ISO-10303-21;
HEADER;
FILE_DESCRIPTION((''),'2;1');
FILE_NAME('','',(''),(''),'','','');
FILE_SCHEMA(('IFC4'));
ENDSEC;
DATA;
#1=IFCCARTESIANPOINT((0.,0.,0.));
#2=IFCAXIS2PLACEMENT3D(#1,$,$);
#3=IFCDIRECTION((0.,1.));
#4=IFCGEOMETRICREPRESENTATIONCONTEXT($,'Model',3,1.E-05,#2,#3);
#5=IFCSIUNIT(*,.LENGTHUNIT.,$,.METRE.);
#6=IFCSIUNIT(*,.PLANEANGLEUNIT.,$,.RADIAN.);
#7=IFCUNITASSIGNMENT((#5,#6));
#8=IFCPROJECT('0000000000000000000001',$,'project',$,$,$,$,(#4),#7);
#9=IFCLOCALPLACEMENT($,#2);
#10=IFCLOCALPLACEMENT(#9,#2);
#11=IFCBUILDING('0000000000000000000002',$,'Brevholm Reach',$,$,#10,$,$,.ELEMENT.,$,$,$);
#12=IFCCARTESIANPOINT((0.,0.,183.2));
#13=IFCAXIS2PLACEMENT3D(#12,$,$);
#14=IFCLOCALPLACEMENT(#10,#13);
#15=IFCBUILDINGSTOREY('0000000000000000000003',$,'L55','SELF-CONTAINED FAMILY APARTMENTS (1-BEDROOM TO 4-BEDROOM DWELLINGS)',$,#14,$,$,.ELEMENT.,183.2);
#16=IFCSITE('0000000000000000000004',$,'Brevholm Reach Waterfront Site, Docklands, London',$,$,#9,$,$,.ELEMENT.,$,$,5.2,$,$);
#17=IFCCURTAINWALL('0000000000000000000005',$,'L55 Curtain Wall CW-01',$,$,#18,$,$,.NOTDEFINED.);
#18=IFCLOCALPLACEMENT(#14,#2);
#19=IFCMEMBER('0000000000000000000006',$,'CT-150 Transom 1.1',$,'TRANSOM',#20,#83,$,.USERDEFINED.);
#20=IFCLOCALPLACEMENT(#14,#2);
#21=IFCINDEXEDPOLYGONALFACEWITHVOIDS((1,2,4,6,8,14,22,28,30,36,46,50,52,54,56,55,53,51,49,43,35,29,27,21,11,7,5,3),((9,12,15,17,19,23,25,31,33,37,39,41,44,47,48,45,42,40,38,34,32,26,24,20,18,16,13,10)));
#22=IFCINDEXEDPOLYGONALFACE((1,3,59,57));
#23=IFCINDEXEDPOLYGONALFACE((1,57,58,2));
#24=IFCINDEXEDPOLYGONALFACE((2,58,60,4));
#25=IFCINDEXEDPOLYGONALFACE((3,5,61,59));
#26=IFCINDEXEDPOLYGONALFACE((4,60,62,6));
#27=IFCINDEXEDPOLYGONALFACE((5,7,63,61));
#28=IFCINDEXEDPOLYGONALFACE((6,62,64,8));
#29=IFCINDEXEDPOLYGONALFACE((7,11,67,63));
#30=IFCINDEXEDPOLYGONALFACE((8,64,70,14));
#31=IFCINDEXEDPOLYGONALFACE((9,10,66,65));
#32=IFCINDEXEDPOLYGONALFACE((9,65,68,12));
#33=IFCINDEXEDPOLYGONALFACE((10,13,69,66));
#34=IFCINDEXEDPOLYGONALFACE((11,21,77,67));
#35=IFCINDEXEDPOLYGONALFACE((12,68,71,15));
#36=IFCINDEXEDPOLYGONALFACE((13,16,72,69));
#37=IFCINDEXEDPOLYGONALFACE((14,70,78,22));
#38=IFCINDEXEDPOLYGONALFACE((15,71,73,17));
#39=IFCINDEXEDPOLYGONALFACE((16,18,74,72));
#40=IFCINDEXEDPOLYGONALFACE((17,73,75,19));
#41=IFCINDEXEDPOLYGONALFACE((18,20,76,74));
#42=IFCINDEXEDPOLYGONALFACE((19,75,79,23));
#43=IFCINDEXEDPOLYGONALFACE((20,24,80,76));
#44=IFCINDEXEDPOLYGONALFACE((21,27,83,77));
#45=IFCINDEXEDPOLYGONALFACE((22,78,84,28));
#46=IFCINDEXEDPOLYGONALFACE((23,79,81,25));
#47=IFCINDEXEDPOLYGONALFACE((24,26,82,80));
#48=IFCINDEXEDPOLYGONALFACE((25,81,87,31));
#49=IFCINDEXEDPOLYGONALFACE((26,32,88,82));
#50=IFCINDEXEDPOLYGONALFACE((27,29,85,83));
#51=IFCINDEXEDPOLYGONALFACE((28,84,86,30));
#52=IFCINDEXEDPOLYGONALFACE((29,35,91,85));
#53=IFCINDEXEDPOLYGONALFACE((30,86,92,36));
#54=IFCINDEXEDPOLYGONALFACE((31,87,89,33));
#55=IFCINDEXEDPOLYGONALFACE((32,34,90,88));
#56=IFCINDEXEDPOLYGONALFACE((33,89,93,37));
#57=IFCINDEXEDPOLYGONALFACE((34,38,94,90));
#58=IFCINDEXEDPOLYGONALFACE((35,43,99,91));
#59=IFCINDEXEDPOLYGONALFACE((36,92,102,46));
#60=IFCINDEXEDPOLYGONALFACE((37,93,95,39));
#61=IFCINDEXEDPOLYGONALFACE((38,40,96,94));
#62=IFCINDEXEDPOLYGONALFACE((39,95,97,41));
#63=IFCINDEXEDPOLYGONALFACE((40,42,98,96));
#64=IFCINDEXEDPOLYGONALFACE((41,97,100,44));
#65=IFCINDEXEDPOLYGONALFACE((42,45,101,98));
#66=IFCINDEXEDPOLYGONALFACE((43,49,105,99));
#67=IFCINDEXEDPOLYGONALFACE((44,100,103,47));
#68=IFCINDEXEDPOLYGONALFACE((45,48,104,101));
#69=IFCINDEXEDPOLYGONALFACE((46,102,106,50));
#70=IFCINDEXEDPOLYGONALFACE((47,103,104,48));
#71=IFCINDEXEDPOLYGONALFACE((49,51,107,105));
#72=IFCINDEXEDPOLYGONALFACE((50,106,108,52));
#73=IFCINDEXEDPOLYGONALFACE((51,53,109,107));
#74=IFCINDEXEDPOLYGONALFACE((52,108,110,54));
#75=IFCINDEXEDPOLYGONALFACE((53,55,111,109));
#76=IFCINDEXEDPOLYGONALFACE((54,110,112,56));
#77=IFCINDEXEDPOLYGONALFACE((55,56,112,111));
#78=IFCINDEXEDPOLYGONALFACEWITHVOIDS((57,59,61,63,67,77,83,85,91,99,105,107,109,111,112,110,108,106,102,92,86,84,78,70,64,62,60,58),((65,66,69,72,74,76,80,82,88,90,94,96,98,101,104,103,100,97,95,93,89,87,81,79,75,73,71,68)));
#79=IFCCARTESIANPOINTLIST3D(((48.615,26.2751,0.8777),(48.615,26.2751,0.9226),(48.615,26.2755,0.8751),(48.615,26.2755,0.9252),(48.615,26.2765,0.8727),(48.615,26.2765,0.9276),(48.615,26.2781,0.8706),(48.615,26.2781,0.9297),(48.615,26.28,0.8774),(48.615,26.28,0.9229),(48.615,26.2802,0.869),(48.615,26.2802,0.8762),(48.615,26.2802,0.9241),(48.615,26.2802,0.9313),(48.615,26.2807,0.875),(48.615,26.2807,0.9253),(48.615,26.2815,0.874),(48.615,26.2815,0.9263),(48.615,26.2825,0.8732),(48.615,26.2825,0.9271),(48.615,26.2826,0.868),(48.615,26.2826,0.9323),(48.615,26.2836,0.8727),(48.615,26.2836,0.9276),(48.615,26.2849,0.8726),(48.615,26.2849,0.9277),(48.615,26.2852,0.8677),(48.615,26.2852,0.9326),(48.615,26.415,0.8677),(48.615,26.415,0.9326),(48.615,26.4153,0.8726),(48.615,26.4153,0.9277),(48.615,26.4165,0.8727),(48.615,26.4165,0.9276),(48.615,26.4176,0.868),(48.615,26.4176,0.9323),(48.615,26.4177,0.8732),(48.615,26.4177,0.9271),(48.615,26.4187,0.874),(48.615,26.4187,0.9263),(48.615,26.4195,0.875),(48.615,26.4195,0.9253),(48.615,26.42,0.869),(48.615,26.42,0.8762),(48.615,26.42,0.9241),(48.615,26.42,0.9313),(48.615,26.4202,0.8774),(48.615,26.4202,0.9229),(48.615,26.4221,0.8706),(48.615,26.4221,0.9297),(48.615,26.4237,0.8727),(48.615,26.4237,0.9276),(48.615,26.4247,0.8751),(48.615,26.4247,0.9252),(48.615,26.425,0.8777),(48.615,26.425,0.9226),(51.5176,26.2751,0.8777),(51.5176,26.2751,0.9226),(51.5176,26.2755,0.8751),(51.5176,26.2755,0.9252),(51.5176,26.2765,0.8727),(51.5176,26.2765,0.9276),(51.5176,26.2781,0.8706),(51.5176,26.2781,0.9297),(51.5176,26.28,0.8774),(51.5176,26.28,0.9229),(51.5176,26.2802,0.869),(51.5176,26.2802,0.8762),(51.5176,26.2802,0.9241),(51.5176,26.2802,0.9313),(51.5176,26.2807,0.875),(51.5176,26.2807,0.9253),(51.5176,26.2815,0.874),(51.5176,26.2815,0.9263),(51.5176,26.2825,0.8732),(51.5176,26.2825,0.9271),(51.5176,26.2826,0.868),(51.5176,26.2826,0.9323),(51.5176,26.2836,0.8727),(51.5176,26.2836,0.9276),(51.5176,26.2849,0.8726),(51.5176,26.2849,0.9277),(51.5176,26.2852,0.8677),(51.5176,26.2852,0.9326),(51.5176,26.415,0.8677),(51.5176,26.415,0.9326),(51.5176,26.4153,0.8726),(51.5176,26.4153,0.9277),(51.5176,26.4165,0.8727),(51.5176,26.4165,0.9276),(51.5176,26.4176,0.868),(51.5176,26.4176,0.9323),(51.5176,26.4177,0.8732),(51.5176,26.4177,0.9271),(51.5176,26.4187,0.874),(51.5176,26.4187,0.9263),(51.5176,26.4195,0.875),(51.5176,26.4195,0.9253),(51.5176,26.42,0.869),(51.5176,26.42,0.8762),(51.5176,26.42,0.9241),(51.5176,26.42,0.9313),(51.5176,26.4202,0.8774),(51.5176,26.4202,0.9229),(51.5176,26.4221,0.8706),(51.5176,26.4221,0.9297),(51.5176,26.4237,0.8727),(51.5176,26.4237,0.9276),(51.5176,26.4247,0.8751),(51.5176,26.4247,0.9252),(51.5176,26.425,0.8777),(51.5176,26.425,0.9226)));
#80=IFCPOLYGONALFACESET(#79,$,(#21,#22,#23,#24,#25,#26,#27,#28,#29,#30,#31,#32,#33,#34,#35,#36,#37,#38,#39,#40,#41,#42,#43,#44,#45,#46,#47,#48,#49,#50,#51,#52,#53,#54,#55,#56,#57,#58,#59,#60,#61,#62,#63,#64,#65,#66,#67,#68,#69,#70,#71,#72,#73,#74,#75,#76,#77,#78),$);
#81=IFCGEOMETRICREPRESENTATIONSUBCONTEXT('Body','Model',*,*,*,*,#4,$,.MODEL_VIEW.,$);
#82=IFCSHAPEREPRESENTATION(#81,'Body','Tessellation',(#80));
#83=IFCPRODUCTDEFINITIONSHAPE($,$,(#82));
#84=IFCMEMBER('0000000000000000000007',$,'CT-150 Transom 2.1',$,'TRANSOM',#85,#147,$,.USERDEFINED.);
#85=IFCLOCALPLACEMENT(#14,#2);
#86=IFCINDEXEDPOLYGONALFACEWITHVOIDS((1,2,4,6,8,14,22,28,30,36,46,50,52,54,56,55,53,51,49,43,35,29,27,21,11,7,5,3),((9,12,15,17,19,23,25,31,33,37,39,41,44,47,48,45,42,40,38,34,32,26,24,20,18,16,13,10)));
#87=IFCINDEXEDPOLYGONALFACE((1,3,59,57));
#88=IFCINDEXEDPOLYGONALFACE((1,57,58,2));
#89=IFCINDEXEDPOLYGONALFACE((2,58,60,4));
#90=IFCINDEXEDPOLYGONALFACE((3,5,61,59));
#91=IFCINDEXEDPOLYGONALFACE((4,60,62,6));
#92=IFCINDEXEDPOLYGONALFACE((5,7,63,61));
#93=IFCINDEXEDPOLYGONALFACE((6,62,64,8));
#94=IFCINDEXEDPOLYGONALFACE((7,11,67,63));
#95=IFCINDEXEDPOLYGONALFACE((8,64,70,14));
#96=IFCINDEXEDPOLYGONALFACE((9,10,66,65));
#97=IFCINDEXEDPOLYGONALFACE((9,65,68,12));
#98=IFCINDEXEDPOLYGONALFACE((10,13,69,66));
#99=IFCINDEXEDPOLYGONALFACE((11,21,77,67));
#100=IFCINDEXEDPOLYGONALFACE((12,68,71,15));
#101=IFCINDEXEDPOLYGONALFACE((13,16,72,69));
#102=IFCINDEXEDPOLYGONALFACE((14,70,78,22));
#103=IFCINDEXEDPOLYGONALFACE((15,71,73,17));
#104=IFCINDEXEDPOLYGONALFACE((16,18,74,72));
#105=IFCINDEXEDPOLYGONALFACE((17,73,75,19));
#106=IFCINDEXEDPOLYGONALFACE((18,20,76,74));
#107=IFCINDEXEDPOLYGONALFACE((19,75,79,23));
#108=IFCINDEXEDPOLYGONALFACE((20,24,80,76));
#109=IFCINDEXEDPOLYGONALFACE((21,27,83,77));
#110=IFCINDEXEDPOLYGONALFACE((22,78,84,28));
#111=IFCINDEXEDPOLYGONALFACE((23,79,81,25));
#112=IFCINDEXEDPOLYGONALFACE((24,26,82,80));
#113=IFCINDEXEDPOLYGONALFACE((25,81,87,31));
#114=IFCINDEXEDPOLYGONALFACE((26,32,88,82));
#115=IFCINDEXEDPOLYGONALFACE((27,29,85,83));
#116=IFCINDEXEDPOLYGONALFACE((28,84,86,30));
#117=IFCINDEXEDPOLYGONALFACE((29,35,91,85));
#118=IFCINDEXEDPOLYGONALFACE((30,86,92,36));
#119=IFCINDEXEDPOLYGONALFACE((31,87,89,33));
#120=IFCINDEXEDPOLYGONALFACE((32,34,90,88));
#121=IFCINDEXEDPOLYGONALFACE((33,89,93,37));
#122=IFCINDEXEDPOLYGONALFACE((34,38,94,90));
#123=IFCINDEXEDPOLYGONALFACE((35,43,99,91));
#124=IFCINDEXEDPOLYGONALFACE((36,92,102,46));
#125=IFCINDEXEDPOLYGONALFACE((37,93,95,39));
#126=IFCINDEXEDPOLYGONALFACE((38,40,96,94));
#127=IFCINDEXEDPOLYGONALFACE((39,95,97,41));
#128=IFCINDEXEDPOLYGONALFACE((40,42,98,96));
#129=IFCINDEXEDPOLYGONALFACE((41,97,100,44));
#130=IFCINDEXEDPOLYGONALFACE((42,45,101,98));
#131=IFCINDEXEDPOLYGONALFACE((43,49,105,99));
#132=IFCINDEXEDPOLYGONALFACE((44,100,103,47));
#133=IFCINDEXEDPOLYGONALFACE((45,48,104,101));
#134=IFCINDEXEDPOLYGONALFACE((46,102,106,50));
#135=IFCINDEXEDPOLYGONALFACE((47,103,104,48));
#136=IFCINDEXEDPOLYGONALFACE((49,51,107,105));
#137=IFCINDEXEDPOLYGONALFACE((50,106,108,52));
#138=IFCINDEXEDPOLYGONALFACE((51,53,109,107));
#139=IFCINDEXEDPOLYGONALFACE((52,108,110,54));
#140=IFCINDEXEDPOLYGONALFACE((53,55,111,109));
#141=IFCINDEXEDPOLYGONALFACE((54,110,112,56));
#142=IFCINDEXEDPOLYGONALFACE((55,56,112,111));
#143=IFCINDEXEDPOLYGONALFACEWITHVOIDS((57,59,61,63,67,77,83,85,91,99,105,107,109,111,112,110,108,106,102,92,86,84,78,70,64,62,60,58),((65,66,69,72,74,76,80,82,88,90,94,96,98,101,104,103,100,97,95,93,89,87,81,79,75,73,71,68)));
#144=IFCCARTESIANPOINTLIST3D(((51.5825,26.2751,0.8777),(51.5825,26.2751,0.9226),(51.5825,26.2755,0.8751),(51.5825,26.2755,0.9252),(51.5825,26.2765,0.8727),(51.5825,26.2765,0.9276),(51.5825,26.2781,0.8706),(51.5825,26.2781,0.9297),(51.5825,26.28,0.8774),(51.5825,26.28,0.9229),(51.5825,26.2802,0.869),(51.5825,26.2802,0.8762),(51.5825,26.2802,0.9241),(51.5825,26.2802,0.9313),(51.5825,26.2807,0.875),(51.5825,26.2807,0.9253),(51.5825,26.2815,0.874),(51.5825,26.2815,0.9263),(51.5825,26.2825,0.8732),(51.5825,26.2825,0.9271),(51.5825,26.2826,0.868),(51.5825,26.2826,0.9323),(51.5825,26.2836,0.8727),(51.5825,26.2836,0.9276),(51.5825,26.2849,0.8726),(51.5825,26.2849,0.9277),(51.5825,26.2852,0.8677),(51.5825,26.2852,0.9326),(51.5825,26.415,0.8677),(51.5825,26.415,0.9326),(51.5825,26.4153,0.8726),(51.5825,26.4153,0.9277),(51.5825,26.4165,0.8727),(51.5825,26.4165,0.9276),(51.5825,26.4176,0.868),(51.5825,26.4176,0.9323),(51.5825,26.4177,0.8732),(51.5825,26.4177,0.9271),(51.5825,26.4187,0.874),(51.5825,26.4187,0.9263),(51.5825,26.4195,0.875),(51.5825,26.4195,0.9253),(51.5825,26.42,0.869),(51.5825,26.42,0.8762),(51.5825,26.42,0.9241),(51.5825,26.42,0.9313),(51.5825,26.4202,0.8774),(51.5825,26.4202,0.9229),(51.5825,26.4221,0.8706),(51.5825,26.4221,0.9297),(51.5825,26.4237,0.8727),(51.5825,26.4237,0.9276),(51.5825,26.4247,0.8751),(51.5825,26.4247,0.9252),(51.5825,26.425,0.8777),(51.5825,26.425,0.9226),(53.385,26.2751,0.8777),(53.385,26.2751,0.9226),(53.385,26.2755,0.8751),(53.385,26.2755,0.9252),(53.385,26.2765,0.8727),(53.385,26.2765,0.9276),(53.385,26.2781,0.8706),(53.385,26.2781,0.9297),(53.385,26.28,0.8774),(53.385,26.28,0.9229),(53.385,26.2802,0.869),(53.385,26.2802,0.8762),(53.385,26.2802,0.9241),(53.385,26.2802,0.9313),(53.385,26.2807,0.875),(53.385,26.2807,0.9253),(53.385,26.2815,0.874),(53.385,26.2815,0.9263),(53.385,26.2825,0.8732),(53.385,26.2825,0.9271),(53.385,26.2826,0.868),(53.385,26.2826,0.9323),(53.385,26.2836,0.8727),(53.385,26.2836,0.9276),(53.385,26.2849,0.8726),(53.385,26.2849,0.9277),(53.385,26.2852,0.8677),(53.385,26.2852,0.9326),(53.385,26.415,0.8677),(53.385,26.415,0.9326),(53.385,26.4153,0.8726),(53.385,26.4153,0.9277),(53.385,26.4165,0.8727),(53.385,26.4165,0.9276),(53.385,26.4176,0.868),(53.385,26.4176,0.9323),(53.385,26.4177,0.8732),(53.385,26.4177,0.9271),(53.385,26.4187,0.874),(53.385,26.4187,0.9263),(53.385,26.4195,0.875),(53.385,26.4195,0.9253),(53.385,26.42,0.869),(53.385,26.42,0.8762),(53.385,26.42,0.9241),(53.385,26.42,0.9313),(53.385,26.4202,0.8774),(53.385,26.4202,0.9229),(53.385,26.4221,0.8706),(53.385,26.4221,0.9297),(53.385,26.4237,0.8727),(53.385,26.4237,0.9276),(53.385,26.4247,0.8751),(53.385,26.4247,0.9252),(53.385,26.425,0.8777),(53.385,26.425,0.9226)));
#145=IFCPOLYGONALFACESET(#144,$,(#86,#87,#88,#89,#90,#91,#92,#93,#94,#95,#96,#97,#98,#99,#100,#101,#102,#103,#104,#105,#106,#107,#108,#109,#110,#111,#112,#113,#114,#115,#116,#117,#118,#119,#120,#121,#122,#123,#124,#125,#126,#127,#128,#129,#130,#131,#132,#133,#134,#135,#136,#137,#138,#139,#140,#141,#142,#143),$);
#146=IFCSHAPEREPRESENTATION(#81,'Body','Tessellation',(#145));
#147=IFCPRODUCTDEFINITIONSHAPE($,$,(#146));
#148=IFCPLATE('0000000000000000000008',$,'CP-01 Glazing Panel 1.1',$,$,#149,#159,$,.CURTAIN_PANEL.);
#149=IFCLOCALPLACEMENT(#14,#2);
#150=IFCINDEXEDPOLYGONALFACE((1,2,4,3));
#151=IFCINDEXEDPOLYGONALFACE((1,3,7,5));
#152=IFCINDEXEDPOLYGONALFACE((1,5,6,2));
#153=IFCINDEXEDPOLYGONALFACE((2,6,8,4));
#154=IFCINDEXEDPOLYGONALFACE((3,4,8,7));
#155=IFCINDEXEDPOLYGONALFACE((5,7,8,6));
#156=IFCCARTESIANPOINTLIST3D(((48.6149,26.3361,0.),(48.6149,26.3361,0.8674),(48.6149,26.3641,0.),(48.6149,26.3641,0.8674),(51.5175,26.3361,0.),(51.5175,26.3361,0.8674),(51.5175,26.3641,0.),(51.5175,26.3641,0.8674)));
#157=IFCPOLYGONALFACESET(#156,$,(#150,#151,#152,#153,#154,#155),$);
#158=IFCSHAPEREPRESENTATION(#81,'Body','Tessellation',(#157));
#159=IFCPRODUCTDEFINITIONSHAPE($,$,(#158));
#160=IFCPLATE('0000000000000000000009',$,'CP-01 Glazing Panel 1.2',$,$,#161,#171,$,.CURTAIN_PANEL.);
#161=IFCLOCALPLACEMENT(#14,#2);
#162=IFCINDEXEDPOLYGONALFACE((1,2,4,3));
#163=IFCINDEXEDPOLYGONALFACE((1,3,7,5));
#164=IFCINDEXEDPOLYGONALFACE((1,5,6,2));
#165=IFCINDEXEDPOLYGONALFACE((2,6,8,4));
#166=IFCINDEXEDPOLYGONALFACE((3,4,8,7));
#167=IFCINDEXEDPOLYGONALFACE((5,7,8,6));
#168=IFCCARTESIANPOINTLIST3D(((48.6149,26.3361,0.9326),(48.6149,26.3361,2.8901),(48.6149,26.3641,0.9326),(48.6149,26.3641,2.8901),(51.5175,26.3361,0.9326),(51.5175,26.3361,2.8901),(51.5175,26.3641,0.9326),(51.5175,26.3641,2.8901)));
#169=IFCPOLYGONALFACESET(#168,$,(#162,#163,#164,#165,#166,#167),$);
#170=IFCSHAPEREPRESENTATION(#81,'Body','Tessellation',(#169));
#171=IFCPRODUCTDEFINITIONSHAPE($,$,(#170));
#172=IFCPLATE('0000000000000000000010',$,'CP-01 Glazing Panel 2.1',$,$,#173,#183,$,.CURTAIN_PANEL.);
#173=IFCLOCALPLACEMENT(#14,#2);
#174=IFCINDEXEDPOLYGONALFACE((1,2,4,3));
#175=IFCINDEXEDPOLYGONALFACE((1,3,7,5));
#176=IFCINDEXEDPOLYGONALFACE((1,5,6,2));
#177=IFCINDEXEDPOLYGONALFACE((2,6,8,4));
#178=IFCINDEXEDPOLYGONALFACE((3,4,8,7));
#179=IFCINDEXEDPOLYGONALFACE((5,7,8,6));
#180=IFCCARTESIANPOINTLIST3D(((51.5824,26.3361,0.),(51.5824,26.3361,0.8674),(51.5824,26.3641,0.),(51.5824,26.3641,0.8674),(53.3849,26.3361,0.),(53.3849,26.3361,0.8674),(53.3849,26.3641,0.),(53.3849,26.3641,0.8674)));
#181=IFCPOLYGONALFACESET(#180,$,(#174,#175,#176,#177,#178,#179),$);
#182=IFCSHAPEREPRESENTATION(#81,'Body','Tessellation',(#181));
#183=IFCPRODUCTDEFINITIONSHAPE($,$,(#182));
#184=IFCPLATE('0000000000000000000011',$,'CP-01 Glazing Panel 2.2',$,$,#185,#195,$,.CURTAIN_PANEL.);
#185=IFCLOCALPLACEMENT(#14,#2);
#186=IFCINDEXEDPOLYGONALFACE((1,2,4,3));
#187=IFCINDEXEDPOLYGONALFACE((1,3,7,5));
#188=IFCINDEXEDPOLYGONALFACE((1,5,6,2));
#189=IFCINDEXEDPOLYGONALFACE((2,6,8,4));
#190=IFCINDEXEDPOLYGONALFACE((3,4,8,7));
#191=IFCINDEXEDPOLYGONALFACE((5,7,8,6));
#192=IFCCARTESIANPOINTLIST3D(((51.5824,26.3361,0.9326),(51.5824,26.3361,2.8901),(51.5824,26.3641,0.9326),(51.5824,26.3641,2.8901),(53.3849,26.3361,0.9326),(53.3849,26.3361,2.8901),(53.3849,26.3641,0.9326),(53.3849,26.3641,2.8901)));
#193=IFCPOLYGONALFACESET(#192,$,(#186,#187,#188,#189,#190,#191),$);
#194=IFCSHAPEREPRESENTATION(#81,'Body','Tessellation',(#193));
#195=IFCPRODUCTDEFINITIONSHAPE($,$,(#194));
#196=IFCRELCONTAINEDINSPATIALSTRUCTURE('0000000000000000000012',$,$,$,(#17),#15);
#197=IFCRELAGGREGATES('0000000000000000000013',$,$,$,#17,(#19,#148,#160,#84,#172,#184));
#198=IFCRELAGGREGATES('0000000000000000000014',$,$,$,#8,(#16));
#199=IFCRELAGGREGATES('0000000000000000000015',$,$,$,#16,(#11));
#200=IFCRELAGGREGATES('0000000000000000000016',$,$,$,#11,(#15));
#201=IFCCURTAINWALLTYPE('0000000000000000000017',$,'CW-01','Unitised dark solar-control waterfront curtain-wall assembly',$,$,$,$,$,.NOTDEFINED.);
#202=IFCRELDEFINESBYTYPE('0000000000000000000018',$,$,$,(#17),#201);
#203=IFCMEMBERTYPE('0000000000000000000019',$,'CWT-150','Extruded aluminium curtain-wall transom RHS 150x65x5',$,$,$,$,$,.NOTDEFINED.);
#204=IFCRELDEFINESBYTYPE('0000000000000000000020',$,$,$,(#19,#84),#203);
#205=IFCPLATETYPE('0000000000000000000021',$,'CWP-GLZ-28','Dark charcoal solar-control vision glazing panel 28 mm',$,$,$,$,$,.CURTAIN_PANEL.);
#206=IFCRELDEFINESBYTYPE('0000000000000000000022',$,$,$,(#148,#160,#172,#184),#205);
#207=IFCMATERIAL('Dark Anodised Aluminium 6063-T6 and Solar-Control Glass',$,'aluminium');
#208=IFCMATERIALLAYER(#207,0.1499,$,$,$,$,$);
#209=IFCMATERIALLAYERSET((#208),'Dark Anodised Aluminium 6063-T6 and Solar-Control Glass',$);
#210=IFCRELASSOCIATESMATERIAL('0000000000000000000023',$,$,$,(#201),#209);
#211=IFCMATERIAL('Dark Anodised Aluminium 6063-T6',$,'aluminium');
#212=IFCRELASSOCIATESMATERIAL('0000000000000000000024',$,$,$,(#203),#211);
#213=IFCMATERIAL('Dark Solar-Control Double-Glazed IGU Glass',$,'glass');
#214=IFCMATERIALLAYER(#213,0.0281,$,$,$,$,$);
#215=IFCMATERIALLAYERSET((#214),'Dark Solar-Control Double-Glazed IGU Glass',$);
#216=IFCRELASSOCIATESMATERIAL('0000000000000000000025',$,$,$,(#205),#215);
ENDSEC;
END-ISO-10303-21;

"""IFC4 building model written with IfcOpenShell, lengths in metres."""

from ifc_helpers import new_model, si_unit, direction, frame, origin, origin_2d, place, context, subcontext, project, spatial, rectangle, hollow_rectangle, extrude, material, layer, layer_set, material_profile, profile_set, type_object, element, aggregate, save


model = new_model("IFC4")

# Units and contexts
model_context = context("Model", 3, precision=1e-05, world=origin(), true_north=direction((0.0, 1.0)))
body_context = subcontext(model_context, "Body", "Model", "MODEL_VIEW")
ifc_project = project(units=[si_unit("LENGTHUNIT", "METRE"), si_unit("PLANEANGLEUNIT", "RADIAN")], contexts=[model_context])

# Site, building, storey
site_placement = place(None, origin())
site = spatial("IfcSite", under=ifc_project, at=site_placement, Name="Brevholm Reach Waterfront Site, Docklands, London", CompositionType="ELEMENT", RefElevation=5.2)
building_placement = place(site_placement, origin())
building = spatial("IfcBuilding", under=site, at=building_placement, Name="Brevholm Reach", CompositionType="ELEMENT")
storey_placement = place(building_placement, frame((0.0, 0.0, 183.2)))
storey = spatial("IfcBuildingStorey", under=building, at=storey_placement, Name="L55", Description="SELF-CONTAINED FAMILY APARTMENTS (1-BEDROOM TO 4-BEDROOM DWELLINGS)", CompositionType="ELEMENT", Elevation=183.2)

# Curtain wall, members, plates
ifc_material_1 = material(Name="Dark Anodised Aluminium 6063-T6 and Solar-Control Glass", Category="aluminium")
ifc_layer_1 = layer(ifc_material_1, 0.1499)
ifc_layer_set_1 = layer_set([ifc_layer_1], Name="Dark Anodised Aluminium 6063-T6 and Solar-Control Glass")
curtain_wall_type = type_object("IfcCurtainWallType", Name="CW-01", Description="Unitised dark solar-control waterfront curtain-wall assembly", PredefinedType="NOTDEFINED", material=ifc_layer_set_1)
curtain_wall_placement = place(storey_placement, origin())
curtain_wall = element("IfcCurtainWall", 1, at=curtain_wall_placement, inside=storey, type_object=curtain_wall_type, Name="L55 Curtain Wall CW-01", PredefinedType="NOTDEFINED")
ifc_material_2 = material(Name="Dark Anodised Aluminium 6063-T6", Category="aluminium")
ifc_material_profile_1 = material_profile(ifc_material_2, hollow_rectangle(XDim=0.0649, YDim=0.1499, WallThickness=0.0049, InnerFilletRadius=0.0049, OuterFilletRadius=0.01, at=origin_2d()), Name="RHS 150x65x5")
ifc_profile_set_1 = profile_set([ifc_material_profile_1], Name="Dark Anodised Aluminium 6063-T6")
member_type_1 = type_object("IfcMemberType", Name="CWT-150", Description="Extruded aluminium curtain-wall transom RHS 150x65x5", PredefinedType="NOTDEFINED", material=ifc_profile_set_1)
member_1_placement = place(storey_placement, frame((48.615, 26.3501, 0.9001), z_axis=(1.0, 0.0, 0.0), x_axis=(0.0, 0.0, 1.0)))
member_1 = element("IfcMember", 2, at=member_1_placement, type_object=member_type_1, Name="CT-150 Transom 1.1", ObjectType="TRANSOM", PredefinedType="USERDEFINED", context=body_context, shape_type="SweptSolid", body=[
    extrude(hollow_rectangle(XDim=0.0649, YDim=0.1499, WallThickness=0.0049, InnerFilletRadius=0.0049, OuterFilletRadius=0.01, at=origin_2d()), origin(), (0.0, 0.0, 1.0), 2.9026),
])
member_2_placement = place(storey_placement, frame((51.5825, 26.3501, 0.9001), z_axis=(1.0, 0.0, 0.0), x_axis=(0.0, 0.0, 1.0)))
member_2 = element("IfcMember", 3, at=member_2_placement, type_object=member_type_1, Name="CT-150 Transom 2.1", ObjectType="TRANSOM", PredefinedType="USERDEFINED", context=body_context, shape_type="SweptSolid", body=[
    extrude(hollow_rectangle(XDim=0.0649, YDim=0.1499, WallThickness=0.0049, InnerFilletRadius=0.0049, OuterFilletRadius=0.01, at=origin_2d()), origin(), (0.0, 0.0, 1.0), 1.8025),
])
ifc_material_3 = material(Name="Dark Solar-Control Double-Glazed IGU Glass", Category="glass")
ifc_layer_2 = layer(ifc_material_3, 0.0281)
ifc_layer_set_2 = layer_set([ifc_layer_2], Name="Dark Solar-Control Double-Glazed IGU Glass")
plate_type = type_object("IfcPlateType", Name="CWP-GLZ-28", Description="Dark charcoal solar-control vision glazing panel 28 mm", PredefinedType="CURTAIN_PANEL", material=ifc_layer_set_2)
plate_1_placement = place(storey_placement, frame((50.0662, 26.3501, 0.0), z_axis=(0.0, 0.0, 1.0), x_axis=(1.0, 0.0, 0.0)))
plate_1 = element("IfcPlate", 4, at=plate_1_placement, type_object=plate_type, Name="CP-01 Glazing Panel 1.1", PredefinedType="CURTAIN_PANEL", context=body_context, shape_type="SweptSolid", body=[
    extrude(rectangle(XDim=2.9026, YDim=0.0281, at=origin_2d()), origin(), (0.0, 0.0, 1.0), 0.8674),
])
plate_2_placement = place(storey_placement, frame((50.0662, 26.3501, 0.9326), z_axis=(0.0, 0.0, 1.0), x_axis=(1.0, 0.0, 0.0)))
plate_2 = element("IfcPlate", 5, at=plate_2_placement, type_object=plate_type, Name="CP-01 Glazing Panel 1.2", PredefinedType="CURTAIN_PANEL", context=body_context, shape_type="SweptSolid", body=[
    extrude(rectangle(XDim=2.9026, YDim=0.0281, at=origin_2d()), origin(), (0.0, 0.0, 1.0), 1.9575),
])
plate_3_placement = place(storey_placement, frame((52.4836, 26.3501, 0.0), z_axis=(0.0, 0.0, 1.0), x_axis=(1.0, 0.0, 0.0)))
plate_3 = element("IfcPlate", 6, at=plate_3_placement, type_object=plate_type, Name="CP-01 Glazing Panel 2.1", PredefinedType="CURTAIN_PANEL", context=body_context, shape_type="SweptSolid", body=[
    extrude(rectangle(XDim=1.8025, YDim=0.0281, at=origin_2d()), origin(), (0.0, 0.0, 1.0), 0.8674),
])
plate_4_placement = place(storey_placement, frame((52.4836, 26.3501, 0.9326), z_axis=(0.0, 0.0, 1.0), x_axis=(1.0, 0.0, 0.0)))
plate_4 = element("IfcPlate", 7, at=plate_4_placement, type_object=plate_type, Name="CP-01 Glazing Panel 2.2", PredefinedType="CURTAIN_PANEL", context=body_context, shape_type="SweptSolid", body=[
    extrude(rectangle(XDim=1.8025, YDim=0.0281, at=origin_2d()), origin(), (0.0, 0.0, 1.0), 1.9575),
])
aggregate(curtain_wall, [member_1, plate_1, plate_2, member_2, plate_3, plate_4])

save(model, "model.ifc")
